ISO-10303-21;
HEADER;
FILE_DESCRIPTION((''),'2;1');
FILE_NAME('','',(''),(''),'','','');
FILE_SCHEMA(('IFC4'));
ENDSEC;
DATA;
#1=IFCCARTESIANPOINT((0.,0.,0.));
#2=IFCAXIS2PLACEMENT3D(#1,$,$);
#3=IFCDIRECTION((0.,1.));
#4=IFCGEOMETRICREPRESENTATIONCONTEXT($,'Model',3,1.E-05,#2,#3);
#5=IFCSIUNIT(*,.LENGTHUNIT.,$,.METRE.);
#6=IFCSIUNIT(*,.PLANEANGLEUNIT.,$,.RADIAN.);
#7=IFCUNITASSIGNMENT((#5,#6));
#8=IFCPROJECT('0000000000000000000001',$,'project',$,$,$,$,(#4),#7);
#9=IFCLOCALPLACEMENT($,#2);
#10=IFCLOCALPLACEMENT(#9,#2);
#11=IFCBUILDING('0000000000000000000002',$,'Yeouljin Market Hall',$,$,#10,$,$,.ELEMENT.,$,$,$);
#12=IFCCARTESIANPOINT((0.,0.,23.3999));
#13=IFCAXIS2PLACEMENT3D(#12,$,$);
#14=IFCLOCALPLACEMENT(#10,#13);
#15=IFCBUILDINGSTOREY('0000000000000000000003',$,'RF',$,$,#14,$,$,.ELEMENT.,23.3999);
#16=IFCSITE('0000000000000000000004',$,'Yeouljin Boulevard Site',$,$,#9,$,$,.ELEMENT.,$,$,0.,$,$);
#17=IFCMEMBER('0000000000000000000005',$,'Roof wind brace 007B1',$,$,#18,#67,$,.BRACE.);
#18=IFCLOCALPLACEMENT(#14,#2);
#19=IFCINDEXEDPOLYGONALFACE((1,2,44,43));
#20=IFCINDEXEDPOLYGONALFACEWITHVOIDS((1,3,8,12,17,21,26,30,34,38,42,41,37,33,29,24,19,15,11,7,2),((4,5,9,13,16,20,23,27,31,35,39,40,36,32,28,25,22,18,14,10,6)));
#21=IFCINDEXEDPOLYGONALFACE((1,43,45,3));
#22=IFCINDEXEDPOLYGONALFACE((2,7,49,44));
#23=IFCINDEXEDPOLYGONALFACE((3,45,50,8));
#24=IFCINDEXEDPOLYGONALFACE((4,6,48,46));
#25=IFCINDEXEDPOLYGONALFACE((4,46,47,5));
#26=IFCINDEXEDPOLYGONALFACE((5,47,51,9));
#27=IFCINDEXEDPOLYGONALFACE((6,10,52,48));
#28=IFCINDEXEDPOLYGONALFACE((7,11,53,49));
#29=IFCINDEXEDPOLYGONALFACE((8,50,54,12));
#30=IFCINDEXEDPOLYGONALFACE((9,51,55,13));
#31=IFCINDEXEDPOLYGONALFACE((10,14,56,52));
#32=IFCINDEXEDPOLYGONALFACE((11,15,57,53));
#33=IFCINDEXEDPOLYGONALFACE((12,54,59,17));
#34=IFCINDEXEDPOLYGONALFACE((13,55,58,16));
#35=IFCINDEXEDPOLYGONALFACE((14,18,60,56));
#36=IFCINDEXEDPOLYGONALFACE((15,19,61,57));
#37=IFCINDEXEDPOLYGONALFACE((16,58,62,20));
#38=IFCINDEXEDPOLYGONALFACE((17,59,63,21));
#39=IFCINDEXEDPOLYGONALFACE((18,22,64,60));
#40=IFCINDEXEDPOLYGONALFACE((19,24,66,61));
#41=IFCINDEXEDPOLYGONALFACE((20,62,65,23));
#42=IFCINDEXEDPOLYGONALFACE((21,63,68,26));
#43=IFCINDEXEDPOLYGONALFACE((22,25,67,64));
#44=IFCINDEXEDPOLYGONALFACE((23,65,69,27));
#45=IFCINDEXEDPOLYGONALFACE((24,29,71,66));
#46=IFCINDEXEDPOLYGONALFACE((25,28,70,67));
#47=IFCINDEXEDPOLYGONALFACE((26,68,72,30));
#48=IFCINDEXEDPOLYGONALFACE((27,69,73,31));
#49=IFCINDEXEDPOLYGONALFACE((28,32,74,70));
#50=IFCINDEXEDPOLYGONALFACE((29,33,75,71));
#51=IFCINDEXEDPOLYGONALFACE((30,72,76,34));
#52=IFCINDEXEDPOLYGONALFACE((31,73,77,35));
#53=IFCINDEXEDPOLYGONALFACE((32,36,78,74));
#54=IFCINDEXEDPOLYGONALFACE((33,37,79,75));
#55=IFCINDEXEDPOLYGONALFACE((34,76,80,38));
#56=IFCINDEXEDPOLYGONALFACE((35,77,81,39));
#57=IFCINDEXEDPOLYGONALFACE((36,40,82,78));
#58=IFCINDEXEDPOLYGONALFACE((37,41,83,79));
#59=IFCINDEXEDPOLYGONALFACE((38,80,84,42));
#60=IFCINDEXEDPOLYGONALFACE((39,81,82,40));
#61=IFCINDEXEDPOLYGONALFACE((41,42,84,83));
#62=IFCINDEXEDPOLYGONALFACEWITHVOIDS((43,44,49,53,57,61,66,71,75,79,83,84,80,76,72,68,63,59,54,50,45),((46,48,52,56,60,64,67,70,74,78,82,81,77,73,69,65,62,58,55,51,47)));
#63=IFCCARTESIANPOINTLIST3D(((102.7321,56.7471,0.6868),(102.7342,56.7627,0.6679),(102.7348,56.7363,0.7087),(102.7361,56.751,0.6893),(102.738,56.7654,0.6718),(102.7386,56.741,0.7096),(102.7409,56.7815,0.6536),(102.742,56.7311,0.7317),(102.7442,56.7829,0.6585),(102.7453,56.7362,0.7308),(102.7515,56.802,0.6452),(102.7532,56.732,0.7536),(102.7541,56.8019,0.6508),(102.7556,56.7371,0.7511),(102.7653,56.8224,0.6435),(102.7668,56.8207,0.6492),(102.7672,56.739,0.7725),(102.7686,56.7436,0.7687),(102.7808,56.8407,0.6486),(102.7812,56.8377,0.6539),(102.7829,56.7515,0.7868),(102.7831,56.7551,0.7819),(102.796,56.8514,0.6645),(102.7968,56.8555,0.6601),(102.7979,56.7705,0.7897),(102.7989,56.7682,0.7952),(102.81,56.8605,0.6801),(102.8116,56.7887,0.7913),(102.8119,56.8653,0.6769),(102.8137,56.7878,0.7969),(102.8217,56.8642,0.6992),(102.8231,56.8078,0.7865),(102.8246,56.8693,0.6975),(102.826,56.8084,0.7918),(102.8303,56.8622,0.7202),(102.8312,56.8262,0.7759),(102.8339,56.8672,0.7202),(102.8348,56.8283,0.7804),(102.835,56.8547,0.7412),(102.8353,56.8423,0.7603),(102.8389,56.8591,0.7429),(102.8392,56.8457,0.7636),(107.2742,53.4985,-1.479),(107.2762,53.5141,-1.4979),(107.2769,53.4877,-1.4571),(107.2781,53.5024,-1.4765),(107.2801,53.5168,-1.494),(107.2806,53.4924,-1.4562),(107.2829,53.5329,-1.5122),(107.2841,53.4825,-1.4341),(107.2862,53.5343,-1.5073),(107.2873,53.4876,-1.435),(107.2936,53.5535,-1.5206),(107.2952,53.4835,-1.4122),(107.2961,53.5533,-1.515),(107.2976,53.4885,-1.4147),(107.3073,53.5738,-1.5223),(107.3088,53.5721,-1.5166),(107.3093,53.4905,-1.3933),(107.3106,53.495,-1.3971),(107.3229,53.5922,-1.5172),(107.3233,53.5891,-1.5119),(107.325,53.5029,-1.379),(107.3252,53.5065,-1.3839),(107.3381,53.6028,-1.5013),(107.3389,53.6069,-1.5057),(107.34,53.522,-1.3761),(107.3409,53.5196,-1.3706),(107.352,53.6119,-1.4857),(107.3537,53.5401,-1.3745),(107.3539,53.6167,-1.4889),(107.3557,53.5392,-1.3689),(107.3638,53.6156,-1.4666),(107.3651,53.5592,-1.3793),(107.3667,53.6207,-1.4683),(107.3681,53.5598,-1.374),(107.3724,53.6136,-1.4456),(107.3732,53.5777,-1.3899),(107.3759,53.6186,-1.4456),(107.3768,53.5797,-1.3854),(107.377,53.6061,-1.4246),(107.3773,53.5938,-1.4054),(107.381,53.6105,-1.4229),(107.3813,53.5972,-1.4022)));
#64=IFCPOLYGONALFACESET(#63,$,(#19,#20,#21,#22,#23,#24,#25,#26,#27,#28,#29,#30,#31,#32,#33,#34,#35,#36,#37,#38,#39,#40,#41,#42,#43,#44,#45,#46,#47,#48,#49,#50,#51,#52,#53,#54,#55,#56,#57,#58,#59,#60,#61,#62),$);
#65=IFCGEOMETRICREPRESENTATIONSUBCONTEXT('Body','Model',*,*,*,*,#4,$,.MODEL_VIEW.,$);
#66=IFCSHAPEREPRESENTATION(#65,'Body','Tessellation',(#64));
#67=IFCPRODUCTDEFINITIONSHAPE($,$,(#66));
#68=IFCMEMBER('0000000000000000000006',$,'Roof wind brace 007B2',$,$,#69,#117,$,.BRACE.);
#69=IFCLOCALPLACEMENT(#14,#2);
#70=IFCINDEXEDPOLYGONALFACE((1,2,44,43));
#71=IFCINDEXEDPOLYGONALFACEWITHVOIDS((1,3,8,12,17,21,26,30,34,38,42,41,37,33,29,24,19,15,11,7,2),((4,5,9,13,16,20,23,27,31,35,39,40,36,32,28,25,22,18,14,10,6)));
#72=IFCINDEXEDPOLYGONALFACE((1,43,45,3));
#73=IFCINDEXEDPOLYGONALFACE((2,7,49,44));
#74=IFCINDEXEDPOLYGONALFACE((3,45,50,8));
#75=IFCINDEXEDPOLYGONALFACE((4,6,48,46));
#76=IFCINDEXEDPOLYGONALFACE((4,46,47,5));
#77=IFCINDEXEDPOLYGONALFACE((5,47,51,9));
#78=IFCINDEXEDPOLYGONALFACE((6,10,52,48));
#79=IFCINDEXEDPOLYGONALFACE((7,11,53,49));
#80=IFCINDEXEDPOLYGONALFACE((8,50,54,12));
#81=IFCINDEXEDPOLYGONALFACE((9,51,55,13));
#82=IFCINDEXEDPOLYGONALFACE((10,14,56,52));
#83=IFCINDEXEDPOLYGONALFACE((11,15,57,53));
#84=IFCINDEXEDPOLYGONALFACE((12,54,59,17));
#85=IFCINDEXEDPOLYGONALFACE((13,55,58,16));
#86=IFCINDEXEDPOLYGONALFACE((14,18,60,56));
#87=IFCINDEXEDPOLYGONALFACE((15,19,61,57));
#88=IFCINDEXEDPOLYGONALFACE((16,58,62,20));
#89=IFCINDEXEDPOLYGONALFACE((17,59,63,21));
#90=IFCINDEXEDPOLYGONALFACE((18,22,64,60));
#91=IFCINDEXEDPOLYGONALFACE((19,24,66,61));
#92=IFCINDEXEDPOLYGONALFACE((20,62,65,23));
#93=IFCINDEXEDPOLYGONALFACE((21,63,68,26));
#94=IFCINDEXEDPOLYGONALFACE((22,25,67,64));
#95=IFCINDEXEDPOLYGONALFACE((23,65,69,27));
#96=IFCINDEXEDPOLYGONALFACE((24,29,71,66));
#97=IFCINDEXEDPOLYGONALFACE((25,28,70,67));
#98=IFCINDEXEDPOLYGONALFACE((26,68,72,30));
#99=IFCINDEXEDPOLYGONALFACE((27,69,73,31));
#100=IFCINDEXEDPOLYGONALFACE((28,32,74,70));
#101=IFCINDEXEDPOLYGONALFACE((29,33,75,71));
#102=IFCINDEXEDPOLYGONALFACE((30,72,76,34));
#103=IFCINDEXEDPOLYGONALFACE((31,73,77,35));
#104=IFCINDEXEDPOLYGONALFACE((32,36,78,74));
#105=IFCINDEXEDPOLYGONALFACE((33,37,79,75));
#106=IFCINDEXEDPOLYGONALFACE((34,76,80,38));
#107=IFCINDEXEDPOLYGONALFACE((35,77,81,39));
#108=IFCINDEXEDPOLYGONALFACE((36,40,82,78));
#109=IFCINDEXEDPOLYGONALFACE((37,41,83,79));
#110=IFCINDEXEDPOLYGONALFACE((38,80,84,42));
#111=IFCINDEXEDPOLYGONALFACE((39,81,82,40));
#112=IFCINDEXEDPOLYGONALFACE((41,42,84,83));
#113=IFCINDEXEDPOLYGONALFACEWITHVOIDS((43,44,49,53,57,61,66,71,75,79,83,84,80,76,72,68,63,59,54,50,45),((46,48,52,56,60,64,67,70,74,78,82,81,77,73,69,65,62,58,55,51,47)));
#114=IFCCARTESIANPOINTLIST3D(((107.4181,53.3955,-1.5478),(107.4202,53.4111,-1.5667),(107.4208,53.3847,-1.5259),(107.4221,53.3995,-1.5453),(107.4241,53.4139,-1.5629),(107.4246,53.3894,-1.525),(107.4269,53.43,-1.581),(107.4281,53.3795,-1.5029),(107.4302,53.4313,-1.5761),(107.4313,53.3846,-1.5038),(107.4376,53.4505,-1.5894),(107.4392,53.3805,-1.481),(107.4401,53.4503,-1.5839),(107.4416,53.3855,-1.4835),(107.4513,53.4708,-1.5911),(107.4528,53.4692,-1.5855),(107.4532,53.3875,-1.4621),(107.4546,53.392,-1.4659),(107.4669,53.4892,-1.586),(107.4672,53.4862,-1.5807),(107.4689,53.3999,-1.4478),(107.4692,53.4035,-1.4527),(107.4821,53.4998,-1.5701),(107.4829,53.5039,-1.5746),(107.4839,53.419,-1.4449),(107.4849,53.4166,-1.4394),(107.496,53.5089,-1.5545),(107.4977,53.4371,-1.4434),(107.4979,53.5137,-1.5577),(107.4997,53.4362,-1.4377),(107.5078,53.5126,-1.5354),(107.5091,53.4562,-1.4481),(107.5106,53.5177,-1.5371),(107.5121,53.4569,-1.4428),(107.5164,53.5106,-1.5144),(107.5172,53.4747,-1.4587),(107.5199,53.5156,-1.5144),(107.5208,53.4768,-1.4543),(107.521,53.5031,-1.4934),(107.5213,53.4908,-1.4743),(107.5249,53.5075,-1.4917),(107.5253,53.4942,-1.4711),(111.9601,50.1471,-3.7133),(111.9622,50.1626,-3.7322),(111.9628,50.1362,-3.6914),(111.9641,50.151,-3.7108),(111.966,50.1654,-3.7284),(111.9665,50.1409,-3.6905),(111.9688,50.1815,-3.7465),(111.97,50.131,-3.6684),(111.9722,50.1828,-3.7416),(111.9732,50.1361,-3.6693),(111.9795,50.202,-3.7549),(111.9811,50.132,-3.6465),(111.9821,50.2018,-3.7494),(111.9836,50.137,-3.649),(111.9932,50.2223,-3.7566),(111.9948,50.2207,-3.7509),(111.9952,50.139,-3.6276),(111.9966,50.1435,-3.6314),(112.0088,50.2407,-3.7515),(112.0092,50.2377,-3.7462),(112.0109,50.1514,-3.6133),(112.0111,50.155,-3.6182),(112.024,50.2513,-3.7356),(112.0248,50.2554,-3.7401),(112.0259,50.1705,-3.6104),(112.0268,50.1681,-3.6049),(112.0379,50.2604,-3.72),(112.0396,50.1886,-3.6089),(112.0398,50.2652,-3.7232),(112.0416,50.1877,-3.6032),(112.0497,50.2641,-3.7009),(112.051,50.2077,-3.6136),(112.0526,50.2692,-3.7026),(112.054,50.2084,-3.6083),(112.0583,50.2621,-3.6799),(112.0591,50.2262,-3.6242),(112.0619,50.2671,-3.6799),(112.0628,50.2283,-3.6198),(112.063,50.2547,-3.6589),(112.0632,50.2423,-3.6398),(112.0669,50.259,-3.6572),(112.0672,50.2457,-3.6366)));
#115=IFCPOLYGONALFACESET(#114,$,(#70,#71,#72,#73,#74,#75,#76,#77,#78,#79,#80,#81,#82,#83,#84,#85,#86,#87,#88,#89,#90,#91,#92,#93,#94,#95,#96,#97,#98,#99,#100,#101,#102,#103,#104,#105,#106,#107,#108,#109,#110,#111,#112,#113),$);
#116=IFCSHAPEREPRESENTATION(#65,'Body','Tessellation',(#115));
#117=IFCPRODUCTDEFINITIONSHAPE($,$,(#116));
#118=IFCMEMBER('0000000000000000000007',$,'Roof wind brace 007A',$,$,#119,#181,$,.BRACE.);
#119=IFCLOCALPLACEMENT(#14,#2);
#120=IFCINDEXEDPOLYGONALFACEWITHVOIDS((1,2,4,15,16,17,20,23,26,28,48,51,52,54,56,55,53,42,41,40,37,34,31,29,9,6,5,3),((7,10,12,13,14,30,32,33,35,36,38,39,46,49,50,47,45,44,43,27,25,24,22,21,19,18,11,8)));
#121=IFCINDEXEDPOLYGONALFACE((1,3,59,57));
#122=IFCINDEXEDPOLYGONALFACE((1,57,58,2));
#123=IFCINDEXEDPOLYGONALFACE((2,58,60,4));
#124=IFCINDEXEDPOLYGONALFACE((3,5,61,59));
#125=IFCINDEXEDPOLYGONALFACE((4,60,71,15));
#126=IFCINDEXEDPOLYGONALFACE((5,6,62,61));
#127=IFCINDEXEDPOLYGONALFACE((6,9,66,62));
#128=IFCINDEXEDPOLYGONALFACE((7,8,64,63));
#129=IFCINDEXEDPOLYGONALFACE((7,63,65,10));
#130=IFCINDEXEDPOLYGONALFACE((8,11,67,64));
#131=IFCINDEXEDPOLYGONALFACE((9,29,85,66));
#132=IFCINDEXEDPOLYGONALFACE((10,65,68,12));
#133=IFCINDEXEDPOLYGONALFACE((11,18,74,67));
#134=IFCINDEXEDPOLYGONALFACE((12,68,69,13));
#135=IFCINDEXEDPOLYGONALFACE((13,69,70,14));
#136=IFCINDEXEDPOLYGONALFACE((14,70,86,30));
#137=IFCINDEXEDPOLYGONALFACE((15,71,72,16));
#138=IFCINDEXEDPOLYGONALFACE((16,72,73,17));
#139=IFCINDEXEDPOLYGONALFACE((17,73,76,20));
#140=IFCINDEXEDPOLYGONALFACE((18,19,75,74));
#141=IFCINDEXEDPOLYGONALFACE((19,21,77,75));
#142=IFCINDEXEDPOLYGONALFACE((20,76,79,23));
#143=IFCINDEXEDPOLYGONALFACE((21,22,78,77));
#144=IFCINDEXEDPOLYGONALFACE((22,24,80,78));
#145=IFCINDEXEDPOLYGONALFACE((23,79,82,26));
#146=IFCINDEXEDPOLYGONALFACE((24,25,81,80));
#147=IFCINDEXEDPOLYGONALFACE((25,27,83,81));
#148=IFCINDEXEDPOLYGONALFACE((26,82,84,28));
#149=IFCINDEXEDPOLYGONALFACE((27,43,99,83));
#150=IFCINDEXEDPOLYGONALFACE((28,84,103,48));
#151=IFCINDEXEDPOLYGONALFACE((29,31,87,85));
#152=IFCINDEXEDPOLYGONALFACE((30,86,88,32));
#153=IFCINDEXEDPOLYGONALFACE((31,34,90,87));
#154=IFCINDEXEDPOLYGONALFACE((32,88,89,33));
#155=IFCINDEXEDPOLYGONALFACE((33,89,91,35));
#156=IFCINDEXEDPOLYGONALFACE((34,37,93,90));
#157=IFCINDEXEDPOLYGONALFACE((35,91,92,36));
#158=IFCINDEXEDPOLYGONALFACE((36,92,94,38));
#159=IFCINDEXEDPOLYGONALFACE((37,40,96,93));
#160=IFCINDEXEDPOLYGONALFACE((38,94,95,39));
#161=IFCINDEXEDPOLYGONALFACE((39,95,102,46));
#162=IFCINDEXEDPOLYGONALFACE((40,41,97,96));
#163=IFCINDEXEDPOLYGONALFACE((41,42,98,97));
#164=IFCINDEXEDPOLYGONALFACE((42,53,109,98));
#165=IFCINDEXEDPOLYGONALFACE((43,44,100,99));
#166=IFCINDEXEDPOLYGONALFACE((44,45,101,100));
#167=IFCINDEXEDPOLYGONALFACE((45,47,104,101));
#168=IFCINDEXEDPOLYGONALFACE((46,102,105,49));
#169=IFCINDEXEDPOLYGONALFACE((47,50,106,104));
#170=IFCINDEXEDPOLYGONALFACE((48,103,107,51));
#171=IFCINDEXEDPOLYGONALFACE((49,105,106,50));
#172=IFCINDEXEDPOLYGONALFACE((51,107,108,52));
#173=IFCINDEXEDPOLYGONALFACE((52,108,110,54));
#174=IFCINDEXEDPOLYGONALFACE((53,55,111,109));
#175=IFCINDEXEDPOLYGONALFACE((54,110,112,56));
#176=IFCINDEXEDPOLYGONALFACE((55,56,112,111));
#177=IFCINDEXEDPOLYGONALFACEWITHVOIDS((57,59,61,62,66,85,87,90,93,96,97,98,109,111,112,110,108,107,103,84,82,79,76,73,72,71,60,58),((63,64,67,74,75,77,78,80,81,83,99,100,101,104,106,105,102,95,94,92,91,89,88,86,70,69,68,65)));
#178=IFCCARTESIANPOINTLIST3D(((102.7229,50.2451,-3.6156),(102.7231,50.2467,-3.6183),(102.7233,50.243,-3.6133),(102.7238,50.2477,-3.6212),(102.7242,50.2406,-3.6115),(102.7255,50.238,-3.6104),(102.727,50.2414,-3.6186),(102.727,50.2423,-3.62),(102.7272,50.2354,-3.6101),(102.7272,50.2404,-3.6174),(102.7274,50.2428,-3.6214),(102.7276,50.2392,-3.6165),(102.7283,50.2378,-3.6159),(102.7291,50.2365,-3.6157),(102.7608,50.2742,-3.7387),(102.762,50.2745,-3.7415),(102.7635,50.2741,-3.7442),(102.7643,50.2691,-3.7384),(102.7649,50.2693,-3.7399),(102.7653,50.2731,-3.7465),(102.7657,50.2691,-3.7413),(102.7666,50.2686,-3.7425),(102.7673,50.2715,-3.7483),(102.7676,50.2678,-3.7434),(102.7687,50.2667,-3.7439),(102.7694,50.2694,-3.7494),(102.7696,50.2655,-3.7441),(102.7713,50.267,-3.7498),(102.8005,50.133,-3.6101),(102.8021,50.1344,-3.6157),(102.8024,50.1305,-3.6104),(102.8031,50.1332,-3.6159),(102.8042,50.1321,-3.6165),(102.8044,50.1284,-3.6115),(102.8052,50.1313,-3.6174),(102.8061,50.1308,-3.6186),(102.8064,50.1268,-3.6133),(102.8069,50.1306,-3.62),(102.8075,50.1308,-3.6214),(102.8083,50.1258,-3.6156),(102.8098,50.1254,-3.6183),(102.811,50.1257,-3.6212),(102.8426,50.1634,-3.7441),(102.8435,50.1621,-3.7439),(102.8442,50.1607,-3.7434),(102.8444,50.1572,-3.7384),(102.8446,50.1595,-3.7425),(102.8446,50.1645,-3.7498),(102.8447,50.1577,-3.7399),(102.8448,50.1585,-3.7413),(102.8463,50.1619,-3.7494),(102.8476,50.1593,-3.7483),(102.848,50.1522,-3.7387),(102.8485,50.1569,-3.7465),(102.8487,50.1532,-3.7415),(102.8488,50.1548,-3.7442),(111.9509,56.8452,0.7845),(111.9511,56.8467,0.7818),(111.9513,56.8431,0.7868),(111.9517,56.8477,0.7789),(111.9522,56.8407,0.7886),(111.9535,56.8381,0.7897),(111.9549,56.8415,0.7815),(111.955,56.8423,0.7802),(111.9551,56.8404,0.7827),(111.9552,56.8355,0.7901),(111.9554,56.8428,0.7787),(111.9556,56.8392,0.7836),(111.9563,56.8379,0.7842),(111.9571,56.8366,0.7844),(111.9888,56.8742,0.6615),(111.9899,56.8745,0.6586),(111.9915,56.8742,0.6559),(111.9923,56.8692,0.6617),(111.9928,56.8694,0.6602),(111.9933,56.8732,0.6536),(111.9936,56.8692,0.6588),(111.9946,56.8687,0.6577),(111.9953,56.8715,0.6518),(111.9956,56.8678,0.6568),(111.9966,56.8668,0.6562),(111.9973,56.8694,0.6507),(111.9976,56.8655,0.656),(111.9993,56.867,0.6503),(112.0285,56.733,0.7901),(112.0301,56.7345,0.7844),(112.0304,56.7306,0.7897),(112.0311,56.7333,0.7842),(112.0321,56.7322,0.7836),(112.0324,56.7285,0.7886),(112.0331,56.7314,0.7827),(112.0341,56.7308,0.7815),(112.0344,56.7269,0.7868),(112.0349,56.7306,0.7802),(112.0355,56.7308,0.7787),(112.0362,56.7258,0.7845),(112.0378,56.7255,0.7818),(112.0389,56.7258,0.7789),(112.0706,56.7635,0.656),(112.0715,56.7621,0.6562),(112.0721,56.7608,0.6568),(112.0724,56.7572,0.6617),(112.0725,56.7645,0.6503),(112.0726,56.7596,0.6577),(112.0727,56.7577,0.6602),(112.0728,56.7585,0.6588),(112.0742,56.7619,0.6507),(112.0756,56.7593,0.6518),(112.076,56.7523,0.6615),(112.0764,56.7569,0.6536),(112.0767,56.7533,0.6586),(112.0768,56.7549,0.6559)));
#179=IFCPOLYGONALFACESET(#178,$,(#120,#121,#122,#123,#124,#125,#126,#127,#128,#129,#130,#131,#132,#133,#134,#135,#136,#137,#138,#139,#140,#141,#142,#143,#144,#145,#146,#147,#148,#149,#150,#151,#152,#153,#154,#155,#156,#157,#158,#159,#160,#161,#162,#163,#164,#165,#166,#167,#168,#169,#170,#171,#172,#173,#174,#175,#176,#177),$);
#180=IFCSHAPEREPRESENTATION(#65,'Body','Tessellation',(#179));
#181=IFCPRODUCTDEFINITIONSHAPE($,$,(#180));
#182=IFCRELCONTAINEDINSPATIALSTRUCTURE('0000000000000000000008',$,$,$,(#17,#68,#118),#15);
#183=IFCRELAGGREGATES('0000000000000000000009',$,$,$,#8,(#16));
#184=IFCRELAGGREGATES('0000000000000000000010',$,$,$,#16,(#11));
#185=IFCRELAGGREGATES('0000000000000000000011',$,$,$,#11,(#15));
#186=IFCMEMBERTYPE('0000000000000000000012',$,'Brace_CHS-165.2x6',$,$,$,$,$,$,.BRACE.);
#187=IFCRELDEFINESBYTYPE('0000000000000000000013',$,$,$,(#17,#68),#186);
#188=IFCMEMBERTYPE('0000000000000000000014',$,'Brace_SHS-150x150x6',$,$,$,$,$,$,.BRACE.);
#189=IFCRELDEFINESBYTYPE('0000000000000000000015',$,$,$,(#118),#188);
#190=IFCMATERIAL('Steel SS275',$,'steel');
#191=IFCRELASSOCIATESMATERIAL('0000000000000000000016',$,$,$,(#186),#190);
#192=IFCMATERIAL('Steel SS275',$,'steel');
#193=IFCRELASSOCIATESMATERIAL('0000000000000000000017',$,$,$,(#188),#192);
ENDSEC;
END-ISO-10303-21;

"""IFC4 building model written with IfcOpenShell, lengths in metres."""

from ifc_helpers import new_model, si_unit, direction, frame, origin, origin_2d, place, context, subcontext, project, spatial, hollow_rectangle, hollow_circle, extrude, material, material_profile, profile_set, type_object, element, save


model = new_model("IFC4")

# Units and contexts
model_context = context("Model", 3, precision=1e-05, world=origin(), true_north=direction((0.0, 1.0)))
body_context = subcontext(model_context, "Body", "Model", "MODEL_VIEW")
ifc_project = project(units=[si_unit("LENGTHUNIT", "METRE"), si_unit("PLANEANGLEUNIT", "RADIAN")], contexts=[model_context])

# Site, building, storey
site_placement = place(None, origin())
site = spatial("IfcSite", under=ifc_project, at=site_placement, Name="Yeouljin Boulevard Site", CompositionType="ELEMENT", RefElevation=0.0)
building_placement = place(site_placement, origin())
building = spatial("IfcBuilding", under=site, at=building_placement, Name="Yeouljin Market Hall", CompositionType="ELEMENT")
storey_placement = place(building_placement, frame((0.0, 0.0, 23.3999)))
storey = spatial("IfcBuildingStorey", under=building, at=storey_placement, Name="RF", CompositionType="ELEMENT", Elevation=23.3999)

# Members
ifc_material_1 = material(Name="Steel SS275", Category="steel")
ifc_material_profile_1 = material_profile(ifc_material_1, hollow_circle(Radius=0.0825, WallThickness=0.0061, at=origin_2d()), Name="CHS-165.2x6")
ifc_profile_set_1 = profile_set([ifc_material_profile_1], Name="Steel SS275")
member_type_1 = type_object("IfcMemberType", Name="Brace_CHS-165.2x6", PredefinedType="BRACE", material=ifc_profile_set_1)
member_1_placement = place(storey_placement, frame((102.7859, 56.8, 0.7202), z_axis=(0.758335, -0.542378, -0.361599), x_axis=(0.581743, 0.813373, 0.0)))
element("IfcMember", 1, at=member_1_placement, inside=storey, type_object=member_type_1, Name="Roof wind brace 007B1", PredefinedType="BRACE", context=body_context, shape_type="SweptSolid", body=[
    extrude(hollow_circle(Radius=0.0825, WallThickness=0.0061, at=origin_2d()), origin(), (0.0, 0.0, 1.0), 5.9895),
])
member_2_placement = place(storey_placement, frame((107.4719, 53.4485, -1.5144), z_axis=(0.758346, -0.542386, -0.361564), x_axis=(0.581743, 0.813373, 0.0)))
element("IfcMember", 2, at=member_2_placement, inside=storey, type_object=member_type_1, Name="Roof wind brace 007B2", PredefinedType="BRACE", context=body_context, shape_type="SweptSolid", body=[
    extrude(hollow_circle(Radius=0.0825, WallThickness=0.0061, at=origin_2d()), origin(), (0.0, 0.0, 1.0), 5.9893),
])
ifc_material_2 = material(Name="Steel SS275", Category="steel")
ifc_material_profile_2 = material_profile(ifc_material_2, hollow_rectangle(XDim=0.1499, YDim=0.1499, WallThickness=0.0061, InnerFilletRadius=0.0061, OuterFilletRadius=0.012, at=origin_2d()), Name="SHS-150x150x6")
ifc_profile_set_2 = profile_set([ifc_material_profile_2], Name="Steel SS275")
member_type_2 = type_object("IfcMemberType", Name="Brace_SHS-150x150x6", PredefinedType="BRACE", material=ifc_profile_set_2)
member_3_placement = place(storey_placement, frame((102.7859, 50.2, -3.6799), z_axis=(0.758337, 0.54238, 0.361593), x_axis=(-0.581743, 0.813373, 0.0)))
element("IfcMember", 3, at=member_3_placement, inside=storey, type_object=member_type_2, Name="Roof wind brace 007A", PredefinedType="BRACE", context=body_context, shape_type="SweptSolid", body=[
    extrude(hollow_rectangle(XDim=0.1499, YDim=0.1499, WallThickness=0.0061, InnerFilletRadius=0.0061, OuterFilletRadius=0.012, at=origin_2d()), origin(), (0.0, 0.0, 1.0), 12.1687),
])

save(model, "model.ifc")
